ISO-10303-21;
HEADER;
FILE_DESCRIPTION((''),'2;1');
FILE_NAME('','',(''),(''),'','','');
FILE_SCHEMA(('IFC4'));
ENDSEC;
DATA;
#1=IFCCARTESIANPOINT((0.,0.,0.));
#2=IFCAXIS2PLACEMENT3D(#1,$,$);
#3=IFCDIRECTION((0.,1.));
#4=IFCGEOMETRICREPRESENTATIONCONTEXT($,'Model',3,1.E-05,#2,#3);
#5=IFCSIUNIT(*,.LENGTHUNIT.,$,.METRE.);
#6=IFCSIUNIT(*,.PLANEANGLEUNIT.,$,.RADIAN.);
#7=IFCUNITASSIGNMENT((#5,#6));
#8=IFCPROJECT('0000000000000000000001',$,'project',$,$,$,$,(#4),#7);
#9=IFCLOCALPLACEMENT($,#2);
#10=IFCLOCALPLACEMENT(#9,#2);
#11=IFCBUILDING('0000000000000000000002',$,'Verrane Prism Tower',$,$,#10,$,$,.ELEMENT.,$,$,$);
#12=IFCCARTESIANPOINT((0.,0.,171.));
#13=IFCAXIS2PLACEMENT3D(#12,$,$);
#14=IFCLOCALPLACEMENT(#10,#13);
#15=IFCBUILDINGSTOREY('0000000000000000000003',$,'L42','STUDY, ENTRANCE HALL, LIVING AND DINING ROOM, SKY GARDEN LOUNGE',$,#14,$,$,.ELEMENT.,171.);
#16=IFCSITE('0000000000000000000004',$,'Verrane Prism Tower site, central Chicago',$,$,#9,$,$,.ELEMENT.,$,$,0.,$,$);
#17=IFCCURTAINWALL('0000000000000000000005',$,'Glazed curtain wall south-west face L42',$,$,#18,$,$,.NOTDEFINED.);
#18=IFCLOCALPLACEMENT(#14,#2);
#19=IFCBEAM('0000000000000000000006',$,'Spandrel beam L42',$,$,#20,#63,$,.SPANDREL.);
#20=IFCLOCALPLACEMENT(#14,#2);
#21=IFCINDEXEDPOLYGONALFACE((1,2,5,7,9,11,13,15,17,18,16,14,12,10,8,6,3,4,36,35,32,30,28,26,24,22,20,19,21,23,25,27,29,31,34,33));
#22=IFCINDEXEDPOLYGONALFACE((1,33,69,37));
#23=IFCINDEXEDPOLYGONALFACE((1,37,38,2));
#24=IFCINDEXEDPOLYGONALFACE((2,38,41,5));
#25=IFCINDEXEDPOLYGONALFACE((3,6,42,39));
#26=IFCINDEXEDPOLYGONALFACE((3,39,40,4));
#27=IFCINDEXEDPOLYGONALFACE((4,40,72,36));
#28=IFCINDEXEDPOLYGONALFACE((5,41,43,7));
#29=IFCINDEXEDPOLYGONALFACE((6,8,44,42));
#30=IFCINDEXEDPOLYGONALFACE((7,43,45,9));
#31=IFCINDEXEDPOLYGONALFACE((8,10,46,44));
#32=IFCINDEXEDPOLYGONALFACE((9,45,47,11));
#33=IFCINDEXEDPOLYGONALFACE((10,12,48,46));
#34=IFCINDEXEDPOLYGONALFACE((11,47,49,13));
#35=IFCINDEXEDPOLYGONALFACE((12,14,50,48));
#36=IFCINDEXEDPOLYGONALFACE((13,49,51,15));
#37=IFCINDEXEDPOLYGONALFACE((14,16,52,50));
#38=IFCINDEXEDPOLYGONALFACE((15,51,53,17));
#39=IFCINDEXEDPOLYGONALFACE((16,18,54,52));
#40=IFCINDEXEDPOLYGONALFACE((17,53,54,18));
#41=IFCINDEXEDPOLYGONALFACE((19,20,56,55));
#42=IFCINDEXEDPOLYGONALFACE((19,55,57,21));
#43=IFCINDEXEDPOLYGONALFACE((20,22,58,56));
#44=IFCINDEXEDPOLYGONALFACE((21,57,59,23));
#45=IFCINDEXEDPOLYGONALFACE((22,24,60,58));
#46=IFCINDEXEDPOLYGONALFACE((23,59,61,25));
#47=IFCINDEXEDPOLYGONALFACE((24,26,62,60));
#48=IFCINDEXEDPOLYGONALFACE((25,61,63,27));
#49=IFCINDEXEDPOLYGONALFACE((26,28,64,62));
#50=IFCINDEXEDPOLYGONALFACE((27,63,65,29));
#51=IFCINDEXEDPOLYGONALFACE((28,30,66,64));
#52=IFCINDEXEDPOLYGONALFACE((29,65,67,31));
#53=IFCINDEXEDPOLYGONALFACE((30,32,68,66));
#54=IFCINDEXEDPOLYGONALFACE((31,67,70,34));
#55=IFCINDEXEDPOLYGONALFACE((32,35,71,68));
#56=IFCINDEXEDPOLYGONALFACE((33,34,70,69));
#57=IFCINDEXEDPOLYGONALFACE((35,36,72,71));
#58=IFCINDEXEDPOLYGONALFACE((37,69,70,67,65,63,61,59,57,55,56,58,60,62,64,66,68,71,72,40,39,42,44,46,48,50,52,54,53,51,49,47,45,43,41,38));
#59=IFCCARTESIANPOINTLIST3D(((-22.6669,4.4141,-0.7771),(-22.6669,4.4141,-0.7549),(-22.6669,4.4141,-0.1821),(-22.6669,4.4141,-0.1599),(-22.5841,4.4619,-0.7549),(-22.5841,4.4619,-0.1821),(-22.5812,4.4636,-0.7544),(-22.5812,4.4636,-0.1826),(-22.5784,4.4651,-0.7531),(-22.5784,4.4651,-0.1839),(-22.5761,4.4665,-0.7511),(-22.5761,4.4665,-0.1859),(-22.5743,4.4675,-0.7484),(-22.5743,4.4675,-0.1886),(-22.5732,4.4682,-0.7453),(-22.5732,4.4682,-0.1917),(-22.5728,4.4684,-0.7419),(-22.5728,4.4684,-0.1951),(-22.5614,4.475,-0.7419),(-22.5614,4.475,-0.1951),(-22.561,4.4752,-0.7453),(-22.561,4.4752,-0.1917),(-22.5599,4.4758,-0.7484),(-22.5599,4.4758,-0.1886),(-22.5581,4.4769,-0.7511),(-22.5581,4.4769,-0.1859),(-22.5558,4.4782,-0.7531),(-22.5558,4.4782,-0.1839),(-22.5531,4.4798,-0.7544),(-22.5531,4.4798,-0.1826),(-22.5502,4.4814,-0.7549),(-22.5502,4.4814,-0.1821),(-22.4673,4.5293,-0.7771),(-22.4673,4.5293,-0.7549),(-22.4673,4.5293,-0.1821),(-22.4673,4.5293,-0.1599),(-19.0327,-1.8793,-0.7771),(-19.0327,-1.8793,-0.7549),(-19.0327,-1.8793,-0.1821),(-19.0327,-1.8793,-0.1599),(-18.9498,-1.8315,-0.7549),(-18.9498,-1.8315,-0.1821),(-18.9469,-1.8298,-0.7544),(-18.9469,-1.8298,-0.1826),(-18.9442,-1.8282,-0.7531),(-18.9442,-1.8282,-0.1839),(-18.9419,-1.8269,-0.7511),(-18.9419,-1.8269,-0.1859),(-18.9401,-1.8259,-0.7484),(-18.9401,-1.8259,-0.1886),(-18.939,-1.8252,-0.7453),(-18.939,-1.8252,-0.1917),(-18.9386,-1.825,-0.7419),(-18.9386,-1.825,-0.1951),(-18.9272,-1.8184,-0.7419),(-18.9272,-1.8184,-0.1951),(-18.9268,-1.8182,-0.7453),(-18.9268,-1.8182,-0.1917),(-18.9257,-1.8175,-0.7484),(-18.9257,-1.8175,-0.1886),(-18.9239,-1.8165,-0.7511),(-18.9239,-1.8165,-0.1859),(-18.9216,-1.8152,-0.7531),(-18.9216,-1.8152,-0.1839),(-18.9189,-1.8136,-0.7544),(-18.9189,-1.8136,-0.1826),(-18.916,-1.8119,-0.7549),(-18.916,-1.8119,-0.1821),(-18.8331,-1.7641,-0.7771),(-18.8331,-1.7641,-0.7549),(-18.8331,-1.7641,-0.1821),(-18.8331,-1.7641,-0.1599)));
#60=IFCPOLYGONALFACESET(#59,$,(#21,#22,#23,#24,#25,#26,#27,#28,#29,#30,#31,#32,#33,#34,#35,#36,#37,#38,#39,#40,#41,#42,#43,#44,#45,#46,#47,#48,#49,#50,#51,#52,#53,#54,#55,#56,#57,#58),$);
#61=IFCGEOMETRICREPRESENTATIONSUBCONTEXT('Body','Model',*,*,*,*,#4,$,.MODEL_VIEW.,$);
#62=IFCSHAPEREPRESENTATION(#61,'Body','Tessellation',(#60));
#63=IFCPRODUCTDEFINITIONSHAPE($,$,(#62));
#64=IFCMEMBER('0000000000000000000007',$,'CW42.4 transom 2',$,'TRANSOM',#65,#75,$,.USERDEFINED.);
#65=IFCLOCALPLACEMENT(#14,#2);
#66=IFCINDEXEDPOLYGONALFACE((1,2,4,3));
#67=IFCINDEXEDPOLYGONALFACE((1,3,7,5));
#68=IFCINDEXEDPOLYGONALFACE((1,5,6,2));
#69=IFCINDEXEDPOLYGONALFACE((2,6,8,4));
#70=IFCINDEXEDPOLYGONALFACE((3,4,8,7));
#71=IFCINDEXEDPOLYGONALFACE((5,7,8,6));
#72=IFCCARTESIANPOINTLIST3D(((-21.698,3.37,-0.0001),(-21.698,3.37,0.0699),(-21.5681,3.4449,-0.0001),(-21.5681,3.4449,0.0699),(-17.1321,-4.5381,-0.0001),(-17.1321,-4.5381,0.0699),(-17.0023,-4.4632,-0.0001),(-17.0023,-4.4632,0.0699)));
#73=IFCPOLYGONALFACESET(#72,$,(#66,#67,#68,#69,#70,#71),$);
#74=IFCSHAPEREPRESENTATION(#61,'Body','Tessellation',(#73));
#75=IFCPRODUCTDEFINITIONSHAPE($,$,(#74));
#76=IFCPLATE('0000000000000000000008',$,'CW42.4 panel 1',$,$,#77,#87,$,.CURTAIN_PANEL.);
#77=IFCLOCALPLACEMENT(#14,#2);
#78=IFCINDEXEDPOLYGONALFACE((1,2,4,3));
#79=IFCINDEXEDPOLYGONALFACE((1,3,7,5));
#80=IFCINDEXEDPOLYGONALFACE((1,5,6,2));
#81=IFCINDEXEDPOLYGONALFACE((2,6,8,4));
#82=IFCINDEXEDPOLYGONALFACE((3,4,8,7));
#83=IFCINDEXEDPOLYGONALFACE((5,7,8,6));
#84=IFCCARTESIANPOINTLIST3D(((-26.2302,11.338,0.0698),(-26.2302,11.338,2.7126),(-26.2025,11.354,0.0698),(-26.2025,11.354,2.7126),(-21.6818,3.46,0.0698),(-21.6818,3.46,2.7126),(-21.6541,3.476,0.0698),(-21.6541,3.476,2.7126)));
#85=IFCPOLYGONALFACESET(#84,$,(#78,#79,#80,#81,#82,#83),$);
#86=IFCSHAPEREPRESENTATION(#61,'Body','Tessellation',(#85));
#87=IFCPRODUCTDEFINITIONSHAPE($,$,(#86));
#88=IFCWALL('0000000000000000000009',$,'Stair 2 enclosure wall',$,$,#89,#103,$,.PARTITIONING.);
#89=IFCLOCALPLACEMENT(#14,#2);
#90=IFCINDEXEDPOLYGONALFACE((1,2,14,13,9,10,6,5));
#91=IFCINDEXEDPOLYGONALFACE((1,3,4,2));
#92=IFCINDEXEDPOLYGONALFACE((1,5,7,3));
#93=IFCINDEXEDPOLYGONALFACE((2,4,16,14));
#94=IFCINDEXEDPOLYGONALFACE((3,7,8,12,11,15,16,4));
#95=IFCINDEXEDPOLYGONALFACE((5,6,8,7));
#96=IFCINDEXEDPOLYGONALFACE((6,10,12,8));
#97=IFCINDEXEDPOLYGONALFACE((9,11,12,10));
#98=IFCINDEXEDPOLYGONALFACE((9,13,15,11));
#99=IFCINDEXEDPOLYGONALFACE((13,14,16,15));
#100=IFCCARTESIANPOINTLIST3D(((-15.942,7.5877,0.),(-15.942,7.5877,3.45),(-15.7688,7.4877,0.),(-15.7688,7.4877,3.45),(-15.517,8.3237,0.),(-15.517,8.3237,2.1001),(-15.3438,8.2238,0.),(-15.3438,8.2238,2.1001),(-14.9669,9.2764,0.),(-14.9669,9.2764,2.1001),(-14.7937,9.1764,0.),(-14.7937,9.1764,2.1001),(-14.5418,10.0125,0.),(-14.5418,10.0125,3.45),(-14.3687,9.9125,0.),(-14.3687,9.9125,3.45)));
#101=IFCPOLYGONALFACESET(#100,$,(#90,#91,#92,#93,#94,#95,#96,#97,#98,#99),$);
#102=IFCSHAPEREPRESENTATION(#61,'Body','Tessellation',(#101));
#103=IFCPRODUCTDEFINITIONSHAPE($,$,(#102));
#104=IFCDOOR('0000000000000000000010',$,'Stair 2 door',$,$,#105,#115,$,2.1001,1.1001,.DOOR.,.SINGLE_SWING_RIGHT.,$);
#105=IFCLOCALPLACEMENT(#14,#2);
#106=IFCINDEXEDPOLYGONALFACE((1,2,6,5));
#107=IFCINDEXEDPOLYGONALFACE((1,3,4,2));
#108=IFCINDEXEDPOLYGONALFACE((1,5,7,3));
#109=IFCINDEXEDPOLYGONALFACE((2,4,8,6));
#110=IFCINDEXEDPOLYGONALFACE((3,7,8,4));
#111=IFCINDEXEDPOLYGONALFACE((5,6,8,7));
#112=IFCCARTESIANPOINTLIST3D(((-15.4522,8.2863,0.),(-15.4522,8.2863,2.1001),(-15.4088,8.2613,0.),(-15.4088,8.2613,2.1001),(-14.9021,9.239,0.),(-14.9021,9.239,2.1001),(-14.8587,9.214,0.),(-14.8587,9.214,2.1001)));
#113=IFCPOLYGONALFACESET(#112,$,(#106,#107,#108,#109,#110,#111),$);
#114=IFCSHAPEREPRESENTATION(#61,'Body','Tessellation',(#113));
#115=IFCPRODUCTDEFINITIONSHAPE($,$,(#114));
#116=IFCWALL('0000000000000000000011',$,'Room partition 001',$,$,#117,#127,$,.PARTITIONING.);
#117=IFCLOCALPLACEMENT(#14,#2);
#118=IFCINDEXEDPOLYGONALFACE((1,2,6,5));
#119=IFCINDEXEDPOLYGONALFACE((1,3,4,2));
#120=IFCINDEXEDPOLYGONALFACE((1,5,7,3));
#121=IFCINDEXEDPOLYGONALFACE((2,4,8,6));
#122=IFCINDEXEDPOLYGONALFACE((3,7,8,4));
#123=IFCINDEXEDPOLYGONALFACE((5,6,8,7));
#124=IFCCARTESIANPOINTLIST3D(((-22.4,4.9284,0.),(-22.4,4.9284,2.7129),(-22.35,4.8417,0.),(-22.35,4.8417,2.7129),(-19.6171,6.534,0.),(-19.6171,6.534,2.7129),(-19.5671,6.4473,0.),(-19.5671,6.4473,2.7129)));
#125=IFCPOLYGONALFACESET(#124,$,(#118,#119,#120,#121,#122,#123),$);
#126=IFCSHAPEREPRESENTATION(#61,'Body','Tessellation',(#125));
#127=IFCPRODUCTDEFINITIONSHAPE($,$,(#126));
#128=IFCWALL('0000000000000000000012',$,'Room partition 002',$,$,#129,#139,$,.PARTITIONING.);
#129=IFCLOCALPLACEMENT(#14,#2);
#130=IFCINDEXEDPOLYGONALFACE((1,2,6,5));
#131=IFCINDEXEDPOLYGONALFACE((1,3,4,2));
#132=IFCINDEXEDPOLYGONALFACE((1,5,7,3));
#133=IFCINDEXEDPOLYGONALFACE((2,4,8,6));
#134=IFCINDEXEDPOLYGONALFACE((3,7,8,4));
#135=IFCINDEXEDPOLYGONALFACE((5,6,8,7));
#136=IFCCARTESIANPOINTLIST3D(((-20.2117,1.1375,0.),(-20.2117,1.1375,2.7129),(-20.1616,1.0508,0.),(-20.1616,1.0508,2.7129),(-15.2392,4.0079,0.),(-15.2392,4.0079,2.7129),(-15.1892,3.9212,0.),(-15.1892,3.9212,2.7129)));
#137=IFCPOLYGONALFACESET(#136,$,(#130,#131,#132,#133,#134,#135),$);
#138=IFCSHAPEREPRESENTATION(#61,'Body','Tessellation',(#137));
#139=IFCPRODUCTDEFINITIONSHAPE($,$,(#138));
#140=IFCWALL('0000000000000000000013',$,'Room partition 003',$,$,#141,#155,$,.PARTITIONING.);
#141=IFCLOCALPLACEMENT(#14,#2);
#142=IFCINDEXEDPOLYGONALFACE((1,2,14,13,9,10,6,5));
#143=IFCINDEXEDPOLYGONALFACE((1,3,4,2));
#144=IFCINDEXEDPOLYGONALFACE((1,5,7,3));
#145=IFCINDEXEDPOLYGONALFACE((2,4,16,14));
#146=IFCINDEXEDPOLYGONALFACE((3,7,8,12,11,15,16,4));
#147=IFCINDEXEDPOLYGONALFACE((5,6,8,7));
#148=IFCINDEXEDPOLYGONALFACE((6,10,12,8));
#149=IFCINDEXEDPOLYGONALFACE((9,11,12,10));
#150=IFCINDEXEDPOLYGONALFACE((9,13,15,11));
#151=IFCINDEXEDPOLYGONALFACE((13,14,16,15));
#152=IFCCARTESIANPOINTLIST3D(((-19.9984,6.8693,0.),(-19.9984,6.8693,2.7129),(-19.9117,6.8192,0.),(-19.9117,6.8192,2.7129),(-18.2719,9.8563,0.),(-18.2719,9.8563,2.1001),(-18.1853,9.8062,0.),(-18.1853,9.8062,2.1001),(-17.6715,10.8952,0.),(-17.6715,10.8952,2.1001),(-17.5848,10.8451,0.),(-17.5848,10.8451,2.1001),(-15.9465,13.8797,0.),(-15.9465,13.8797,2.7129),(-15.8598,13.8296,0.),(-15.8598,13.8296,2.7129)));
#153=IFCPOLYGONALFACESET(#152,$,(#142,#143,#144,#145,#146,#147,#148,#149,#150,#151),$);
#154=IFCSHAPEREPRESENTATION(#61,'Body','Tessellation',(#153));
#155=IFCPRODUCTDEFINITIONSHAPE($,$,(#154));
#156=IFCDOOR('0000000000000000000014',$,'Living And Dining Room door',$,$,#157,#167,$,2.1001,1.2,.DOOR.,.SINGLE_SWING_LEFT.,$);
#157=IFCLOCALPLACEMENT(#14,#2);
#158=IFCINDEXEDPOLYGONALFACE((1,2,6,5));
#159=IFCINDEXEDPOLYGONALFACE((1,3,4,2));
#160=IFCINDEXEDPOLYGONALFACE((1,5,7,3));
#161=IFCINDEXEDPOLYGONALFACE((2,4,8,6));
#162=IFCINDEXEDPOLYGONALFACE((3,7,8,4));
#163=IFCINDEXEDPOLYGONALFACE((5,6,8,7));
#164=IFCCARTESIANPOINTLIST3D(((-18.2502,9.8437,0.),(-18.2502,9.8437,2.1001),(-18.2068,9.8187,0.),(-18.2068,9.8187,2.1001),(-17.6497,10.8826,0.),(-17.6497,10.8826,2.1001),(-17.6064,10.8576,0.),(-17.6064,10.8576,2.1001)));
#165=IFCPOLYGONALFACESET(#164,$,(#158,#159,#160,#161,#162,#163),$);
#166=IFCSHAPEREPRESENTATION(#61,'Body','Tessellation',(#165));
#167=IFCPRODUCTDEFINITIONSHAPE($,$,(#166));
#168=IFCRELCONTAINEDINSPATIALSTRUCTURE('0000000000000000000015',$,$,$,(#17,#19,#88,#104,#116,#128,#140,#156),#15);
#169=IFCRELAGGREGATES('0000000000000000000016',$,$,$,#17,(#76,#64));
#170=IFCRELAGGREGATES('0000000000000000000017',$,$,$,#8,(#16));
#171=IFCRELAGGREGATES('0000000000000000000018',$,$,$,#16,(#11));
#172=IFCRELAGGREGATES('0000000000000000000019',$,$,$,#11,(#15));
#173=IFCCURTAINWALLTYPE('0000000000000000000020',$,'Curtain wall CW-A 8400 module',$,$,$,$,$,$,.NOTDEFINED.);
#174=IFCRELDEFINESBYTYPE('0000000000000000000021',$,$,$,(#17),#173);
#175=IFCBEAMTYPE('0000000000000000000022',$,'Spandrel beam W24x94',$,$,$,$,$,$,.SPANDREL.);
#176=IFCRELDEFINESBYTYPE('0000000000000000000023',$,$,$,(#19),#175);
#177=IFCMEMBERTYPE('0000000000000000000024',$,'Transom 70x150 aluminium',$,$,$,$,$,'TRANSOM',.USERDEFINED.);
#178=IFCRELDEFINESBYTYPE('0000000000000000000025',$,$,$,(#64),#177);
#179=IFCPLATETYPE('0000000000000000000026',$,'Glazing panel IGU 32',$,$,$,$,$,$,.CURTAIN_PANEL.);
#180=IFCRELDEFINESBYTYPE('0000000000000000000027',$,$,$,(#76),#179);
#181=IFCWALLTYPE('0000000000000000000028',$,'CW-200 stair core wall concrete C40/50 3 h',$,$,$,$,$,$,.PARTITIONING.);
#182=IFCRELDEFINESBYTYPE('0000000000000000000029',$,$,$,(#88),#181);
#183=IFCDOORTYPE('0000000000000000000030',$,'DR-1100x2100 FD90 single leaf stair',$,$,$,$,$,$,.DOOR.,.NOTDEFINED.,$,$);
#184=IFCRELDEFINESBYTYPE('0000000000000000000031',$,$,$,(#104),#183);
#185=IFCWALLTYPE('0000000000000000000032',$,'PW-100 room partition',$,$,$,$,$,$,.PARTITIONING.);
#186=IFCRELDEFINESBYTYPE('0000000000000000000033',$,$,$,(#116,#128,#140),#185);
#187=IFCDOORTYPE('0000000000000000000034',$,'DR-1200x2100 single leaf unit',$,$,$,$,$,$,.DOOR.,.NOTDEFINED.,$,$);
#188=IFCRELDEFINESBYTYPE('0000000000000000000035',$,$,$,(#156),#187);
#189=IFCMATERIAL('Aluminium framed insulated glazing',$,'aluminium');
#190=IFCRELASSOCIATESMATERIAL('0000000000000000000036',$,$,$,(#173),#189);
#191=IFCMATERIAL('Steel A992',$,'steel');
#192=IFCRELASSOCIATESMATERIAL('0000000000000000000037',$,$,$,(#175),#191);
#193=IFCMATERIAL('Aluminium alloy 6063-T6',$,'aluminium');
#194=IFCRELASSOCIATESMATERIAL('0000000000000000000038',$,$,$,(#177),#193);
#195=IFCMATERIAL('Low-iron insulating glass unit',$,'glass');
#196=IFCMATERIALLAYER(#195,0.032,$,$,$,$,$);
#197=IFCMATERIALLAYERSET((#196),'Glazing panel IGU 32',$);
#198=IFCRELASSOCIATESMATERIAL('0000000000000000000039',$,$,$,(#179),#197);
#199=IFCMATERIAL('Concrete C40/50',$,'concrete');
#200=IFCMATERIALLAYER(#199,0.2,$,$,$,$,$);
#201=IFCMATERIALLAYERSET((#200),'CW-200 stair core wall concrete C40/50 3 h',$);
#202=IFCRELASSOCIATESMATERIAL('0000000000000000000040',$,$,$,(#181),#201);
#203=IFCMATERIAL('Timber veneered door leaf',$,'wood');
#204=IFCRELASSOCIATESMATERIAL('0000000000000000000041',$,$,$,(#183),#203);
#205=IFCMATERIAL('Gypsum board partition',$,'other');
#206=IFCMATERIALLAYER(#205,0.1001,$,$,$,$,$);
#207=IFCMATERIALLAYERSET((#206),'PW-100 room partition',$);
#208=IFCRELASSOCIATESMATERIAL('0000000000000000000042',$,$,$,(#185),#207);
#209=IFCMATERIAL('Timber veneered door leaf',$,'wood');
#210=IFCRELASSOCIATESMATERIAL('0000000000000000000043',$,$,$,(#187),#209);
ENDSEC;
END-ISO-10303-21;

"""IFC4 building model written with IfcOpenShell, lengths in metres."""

from ifc_helpers import new_model, si_unit, direction, frame, frame_2d, origin, origin_2d, place, context, subcontext, project, spatial, rectangle, i_section, extrude, material, layer, layer_set, material_profile, profile_set, type_object, element, fill, aggregate, save


model = new_model("IFC4")

# Units and contexts
model_context = context("Model", 3, precision=1e-05, world=origin(), true_north=direction((0.0, 1.0)))
body_context = subcontext(model_context, "Body", "Model", "MODEL_VIEW")
ifc_project = project(units=[si_unit("LENGTHUNIT", "METRE"), si_unit("PLANEANGLEUNIT", "RADIAN")], contexts=[model_context])

# Site, building, storey
site_placement = place(None, origin())
site = spatial("IfcSite", under=ifc_project, at=site_placement, Name="Verrane Prism Tower site, central Chicago", CompositionType="ELEMENT", RefElevation=0.0)
building_placement = place(site_placement, origin())
building = spatial("IfcBuilding", under=site, at=building_placement, Name="Verrane Prism Tower", CompositionType="ELEMENT")
storey_placement = place(building_placement, frame((0.0, 0.0, 171.0)))
storey = spatial("IfcBuildingStorey", under=building, at=storey_placement, Name="L42", Description="STUDY, ENTRANCE HALL, LIVING AND DINING ROOM, SKY GARDEN LOUNGE", CompositionType="ELEMENT", Elevation=171.0)

# Curtain wall
ifc_material_1 = material(Name="Aluminium framed insulated glazing", Category="aluminium")
curtain_wall_type = type_object("IfcCurtainWallType", Name="Curtain wall CW-A 8400 module", PredefinedType="NOTDEFINED", material=ifc_material_1)
curtain_wall_placement = place(storey_placement, origin())
curtain_wall = element("IfcCurtainWall", 1, at=curtain_wall_placement, inside=storey, type_object=curtain_wall_type, Name="Glazed curtain wall south-west face L42", PredefinedType="NOTDEFINED")

# Beam
ifc_material_2 = material(Name="Steel A992", Category="steel")
ifc_material_profile_1 = material_profile(ifc_material_2, i_section(OverallWidth=0.2305, OverallDepth=0.6172, WebThickness=0.0132, FlangeThickness=0.0222, FilletRadius=0.0129, at=origin_2d()), Name="W24x94")
ifc_profile_set_1 = profile_set([ifc_material_profile_1], Name="Steel A992")
beam_type_1 = type_object("IfcBeamType", Name="Spandrel beam W24x94", PredefinedType="SPANDREL", material=ifc_profile_set_1)
beam_1_placement = place(storey_placement, frame((-22.5671, 4.4717, -0.4685), z_axis=(0.500077, -0.865981, 0.0), x_axis=(0.865981, 0.500077, 0.0)))
element("IfcBeam", 2, at=beam_1_placement, inside=storey, type_object=beam_type_1, Name="Spandrel beam L42", PredefinedType="SPANDREL", context=body_context, shape_type="SweptSolid", body=[
    extrude(i_section(OverallWidth=0.2305, OverallDepth=0.6172, WebThickness=0.0132, FlangeThickness=0.0222, FilletRadius=0.0129, at=origin_2d()), origin(), (0.0, 0.0, 1.0), 7.2673),
])

# Member
ifc_material_3 = material(Name="Aluminium alloy 6063-T6", Category="aluminium")
ifc_material_profile_2 = material_profile(ifc_material_3, rectangle(XDim=0.1499, YDim=0.0701, at=origin_2d()), Name="Transom 70x150 aluminium")
ifc_profile_set_2 = profile_set([ifc_material_profile_2], Name="Aluminium alloy 6063-T6")
member_type_1 = type_object("IfcMemberType", Name="Transom 70x150 aluminium", ElementType="TRANSOM", PredefinedType="USERDEFINED", material=ifc_profile_set_2)
member_1_placement = place(storey_placement, frame((-21.6331, 3.4075, 0.0349), z_axis=(0.500009, -0.86602, 0.0), x_axis=(0.86602, 0.500009, 0.0)))
member_1 = element("IfcMember", 3, at=member_1_placement, type_object=member_type_1, Name="CW42.4 transom 2", ObjectType="TRANSOM", PredefinedType="USERDEFINED", context=body_context, shape_type="SweptSolid", body=[
    extrude(rectangle(XDim=0.1499, YDim=0.0701, at=origin_2d()), origin(), (0.0, 0.0, 1.0), 9.1316),
])

# Plate
ifc_material_4 = material(Name="Low-iron insulating glass unit", Category="glass")
ifc_layer_1 = layer(ifc_material_4, 0.032)
ifc_layer_set_1 = layer_set([ifc_layer_1], Name="Glazing panel IGU 32")
plate_type = type_object("IfcPlateType", Name="Glazing panel IGU 32", PredefinedType="CURTAIN_PANEL", material=ifc_layer_set_1)
plate_placement = place(storey_placement, frame((-23.9421, 7.407, 0.0698), z_axis=(0.0, 0.0, 1.0), x_axis=(0.499999, -0.866026, 0.0)))
plate = element("IfcPlate", 4, at=plate_placement, type_object=plate_type, Name="CW42.4 panel 1", PredefinedType="CURTAIN_PANEL", context=body_context, shape_type="SweptSolid", body=[
    extrude(rectangle(XDim=9.0967, YDim=0.032, at=origin_2d()), origin(), (0.0, 0.0, 1.0), 2.6428),
])
aggregate(curtain_wall, [plate, member_1])

# Wall, opening, door
ifc_material_5 = material(Name="Concrete C40/50", Category="concrete")
ifc_layer_2 = layer(ifc_material_5, 0.2)
ifc_layer_set_2 = layer_set([ifc_layer_2], Name="CW-200 stair core wall concrete C40/50 3 h")
wall_type_1 = type_object("IfcWallType", Name="CW-200 stair core wall concrete C40/50 3 h", PredefinedType="PARTITIONING", material=ifc_layer_set_2)
wall_1_placement = place(storey_placement, frame((-14.4553, 9.9624, 0.0), z_axis=(0.0, 0.0, 1.0), x_axis=(-0.50005, -0.865997, 0.0)))
wall_1 = element("IfcWall", 5, at=wall_1_placement, inside=storey, type_object=wall_type_1, Name="Stair 2 enclosure wall", PredefinedType="PARTITIONING", context=body_context, shape_type="SweptSolid", body=[
    extrude(rectangle(XDim=2.8, YDim=0.2, at=frame_2d((1.3999, 0.0))), origin(), (0.0, 0.0, 1.0), 3.45),
])
opening_1_placement = place(wall_1_placement, frame((0.8499, 0.0, 0.0)))
opening_1 = element("IfcOpeningElement", 6, at=opening_1_placement, cuts=wall_1, PredefinedType="OPENING", context=body_context, shape_type="SweptSolid", body=[
    extrude(rectangle(XDim=1.1001, YDim=2.1001, at=frame_2d((0.55, 1.05))), frame((0.0, 0.1099, 0.0), z_axis=(0.0, -1.0, 0.0), x_axis=(1.0, 0.0, 0.0)), (0.0, 0.0, 1.0), 0.22),
])
ifc_material_6 = material(Name="Timber veneered door leaf", Category="wood")
door_type_1 = type_object("IfcDoorType", Name="DR-1100x2100 FD90 single leaf stair", OperationType="NOTDEFINED", PredefinedType="DOOR", material=ifc_material_6)
door_1_placement = place(opening_1_placement, origin())
door_1 = element("IfcDoor", 7, at=door_1_placement, inside=storey, type_object=door_type_1, Name="Stair 2 door", OperationType="SINGLE_SWING_RIGHT", OverallHeight=2.1001, OverallWidth=1.1001, PredefinedType="DOOR", context=body_context, shape_type="SweptSolid", body=[
    extrude(rectangle(XDim=1.1001, YDim=2.1001, at=frame_2d((0.55, 1.05))), frame((0.0, 0.0249, 0.0), z_axis=(0.0, -1.0, 0.0), x_axis=(1.0, 0.0, 0.0)), (0.0, 0.0, 1.0), 0.05),
])
fill(opening_1, door_1)

# Walls
ifc_material_7 = material(Name="Gypsum board partition", Category="other")
ifc_layer_3 = layer(ifc_material_7, 0.1001)
ifc_layer_set_3 = layer_set([ifc_layer_3], Name="PW-100 room partition")
wall_type_2 = type_object("IfcWallType", Name="PW-100 room partition", PredefinedType="PARTITIONING", material=ifc_layer_set_3)
wall_2_placement = place(storey_placement, frame((-22.375, 4.885, 0.0), z_axis=(0.0, 0.0, 1.0), x_axis=(0.866164, 0.49976, 0.0)))
element("IfcWall", 8, at=wall_2_placement, inside=storey, type_object=wall_type_2, Name="Room partition 001", PredefinedType="PARTITIONING", context=body_context, shape_type="SweptSolid", body=[
    extrude(rectangle(XDim=3.2129, YDim=0.1001, at=frame_2d((1.6064, 0.0))), origin(), (0.0, 0.0, 1.0), 2.7129),
])
wall_3_placement = place(storey_placement, frame((-20.1865, 1.0942, 0.0), z_axis=(0.0, 0.0, 1.0), x_axis=(0.86606, 0.49994, 0.0)))
element("IfcWall", 9, at=wall_3_placement, inside=storey, type_object=wall_type_2, Name="Room partition 002", PredefinedType="PARTITIONING", context=body_context, shape_type="SweptSolid", body=[
    extrude(rectangle(XDim=5.7415, YDim=0.1001, at=frame_2d((2.8706, 0.0))), origin(), (0.0, 0.0, 1.0), 2.7129),
])

# Wall, opening, door
wall_4_placement = place(storey_placement, frame((-19.9551, 6.8442, 0.0), z_axis=(0.0, 0.0, 1.0), x_axis=(0.500416, 0.865785, 0.0)))
wall_4 = element("IfcWall", 10, at=wall_4_placement, inside=storey, type_object=wall_type_2, Name="Room partition 003", PredefinedType="PARTITIONING", context=body_context, shape_type="SweptSolid", body=[
    extrude(rectangle(XDim=8.0972, YDim=0.1001, at=frame_2d((4.0486, 0.0))), origin(), (0.0, 0.0, 1.0), 2.7129),
])
opening_2_placement = place(wall_4_placement, frame((3.45, 0.0, 0.0)))
opening_2 = element("IfcOpeningElement", 11, at=opening_2_placement, cuts=wall_4, PredefinedType="OPENING", context=body_context, shape_type="SweptSolid", body=[
    extrude(rectangle(XDim=1.2, YDim=2.1001, at=frame_2d((0.6001, 1.05))), frame((0.0, 0.0601, 0.0), z_axis=(0.0, -1.0, 0.0), x_axis=(1.0, 0.0, 0.0)), (0.0, 0.0, 1.0), 0.1201),
])
ifc_material_8 = material(Name="Timber veneered door leaf", Category="wood")
door_type_2 = type_object("IfcDoorType", Name="DR-1200x2100 single leaf unit", OperationType="NOTDEFINED", PredefinedType="DOOR", material=ifc_material_8)
door_2_placement = place(opening_2_placement, origin())
door_2 = element("IfcDoor", 12, at=door_2_placement, inside=storey, type_object=door_type_2, Name="Living And Dining Room door", OperationType="SINGLE_SWING_LEFT", OverallHeight=2.1001, OverallWidth=1.2, PredefinedType="DOOR", context=body_context, shape_type="SweptSolid", body=[
    extrude(rectangle(XDim=1.2, YDim=2.1001, at=frame_2d((0.6001, 1.05))), frame((0.0, 0.0249, 0.0), z_axis=(0.0, -1.0, 0.0), x_axis=(1.0, 0.0, 0.0)), (0.0, 0.0, 1.0), 0.05),
])
fill(opening_2, door_2)

save(model, "model.ifc")
